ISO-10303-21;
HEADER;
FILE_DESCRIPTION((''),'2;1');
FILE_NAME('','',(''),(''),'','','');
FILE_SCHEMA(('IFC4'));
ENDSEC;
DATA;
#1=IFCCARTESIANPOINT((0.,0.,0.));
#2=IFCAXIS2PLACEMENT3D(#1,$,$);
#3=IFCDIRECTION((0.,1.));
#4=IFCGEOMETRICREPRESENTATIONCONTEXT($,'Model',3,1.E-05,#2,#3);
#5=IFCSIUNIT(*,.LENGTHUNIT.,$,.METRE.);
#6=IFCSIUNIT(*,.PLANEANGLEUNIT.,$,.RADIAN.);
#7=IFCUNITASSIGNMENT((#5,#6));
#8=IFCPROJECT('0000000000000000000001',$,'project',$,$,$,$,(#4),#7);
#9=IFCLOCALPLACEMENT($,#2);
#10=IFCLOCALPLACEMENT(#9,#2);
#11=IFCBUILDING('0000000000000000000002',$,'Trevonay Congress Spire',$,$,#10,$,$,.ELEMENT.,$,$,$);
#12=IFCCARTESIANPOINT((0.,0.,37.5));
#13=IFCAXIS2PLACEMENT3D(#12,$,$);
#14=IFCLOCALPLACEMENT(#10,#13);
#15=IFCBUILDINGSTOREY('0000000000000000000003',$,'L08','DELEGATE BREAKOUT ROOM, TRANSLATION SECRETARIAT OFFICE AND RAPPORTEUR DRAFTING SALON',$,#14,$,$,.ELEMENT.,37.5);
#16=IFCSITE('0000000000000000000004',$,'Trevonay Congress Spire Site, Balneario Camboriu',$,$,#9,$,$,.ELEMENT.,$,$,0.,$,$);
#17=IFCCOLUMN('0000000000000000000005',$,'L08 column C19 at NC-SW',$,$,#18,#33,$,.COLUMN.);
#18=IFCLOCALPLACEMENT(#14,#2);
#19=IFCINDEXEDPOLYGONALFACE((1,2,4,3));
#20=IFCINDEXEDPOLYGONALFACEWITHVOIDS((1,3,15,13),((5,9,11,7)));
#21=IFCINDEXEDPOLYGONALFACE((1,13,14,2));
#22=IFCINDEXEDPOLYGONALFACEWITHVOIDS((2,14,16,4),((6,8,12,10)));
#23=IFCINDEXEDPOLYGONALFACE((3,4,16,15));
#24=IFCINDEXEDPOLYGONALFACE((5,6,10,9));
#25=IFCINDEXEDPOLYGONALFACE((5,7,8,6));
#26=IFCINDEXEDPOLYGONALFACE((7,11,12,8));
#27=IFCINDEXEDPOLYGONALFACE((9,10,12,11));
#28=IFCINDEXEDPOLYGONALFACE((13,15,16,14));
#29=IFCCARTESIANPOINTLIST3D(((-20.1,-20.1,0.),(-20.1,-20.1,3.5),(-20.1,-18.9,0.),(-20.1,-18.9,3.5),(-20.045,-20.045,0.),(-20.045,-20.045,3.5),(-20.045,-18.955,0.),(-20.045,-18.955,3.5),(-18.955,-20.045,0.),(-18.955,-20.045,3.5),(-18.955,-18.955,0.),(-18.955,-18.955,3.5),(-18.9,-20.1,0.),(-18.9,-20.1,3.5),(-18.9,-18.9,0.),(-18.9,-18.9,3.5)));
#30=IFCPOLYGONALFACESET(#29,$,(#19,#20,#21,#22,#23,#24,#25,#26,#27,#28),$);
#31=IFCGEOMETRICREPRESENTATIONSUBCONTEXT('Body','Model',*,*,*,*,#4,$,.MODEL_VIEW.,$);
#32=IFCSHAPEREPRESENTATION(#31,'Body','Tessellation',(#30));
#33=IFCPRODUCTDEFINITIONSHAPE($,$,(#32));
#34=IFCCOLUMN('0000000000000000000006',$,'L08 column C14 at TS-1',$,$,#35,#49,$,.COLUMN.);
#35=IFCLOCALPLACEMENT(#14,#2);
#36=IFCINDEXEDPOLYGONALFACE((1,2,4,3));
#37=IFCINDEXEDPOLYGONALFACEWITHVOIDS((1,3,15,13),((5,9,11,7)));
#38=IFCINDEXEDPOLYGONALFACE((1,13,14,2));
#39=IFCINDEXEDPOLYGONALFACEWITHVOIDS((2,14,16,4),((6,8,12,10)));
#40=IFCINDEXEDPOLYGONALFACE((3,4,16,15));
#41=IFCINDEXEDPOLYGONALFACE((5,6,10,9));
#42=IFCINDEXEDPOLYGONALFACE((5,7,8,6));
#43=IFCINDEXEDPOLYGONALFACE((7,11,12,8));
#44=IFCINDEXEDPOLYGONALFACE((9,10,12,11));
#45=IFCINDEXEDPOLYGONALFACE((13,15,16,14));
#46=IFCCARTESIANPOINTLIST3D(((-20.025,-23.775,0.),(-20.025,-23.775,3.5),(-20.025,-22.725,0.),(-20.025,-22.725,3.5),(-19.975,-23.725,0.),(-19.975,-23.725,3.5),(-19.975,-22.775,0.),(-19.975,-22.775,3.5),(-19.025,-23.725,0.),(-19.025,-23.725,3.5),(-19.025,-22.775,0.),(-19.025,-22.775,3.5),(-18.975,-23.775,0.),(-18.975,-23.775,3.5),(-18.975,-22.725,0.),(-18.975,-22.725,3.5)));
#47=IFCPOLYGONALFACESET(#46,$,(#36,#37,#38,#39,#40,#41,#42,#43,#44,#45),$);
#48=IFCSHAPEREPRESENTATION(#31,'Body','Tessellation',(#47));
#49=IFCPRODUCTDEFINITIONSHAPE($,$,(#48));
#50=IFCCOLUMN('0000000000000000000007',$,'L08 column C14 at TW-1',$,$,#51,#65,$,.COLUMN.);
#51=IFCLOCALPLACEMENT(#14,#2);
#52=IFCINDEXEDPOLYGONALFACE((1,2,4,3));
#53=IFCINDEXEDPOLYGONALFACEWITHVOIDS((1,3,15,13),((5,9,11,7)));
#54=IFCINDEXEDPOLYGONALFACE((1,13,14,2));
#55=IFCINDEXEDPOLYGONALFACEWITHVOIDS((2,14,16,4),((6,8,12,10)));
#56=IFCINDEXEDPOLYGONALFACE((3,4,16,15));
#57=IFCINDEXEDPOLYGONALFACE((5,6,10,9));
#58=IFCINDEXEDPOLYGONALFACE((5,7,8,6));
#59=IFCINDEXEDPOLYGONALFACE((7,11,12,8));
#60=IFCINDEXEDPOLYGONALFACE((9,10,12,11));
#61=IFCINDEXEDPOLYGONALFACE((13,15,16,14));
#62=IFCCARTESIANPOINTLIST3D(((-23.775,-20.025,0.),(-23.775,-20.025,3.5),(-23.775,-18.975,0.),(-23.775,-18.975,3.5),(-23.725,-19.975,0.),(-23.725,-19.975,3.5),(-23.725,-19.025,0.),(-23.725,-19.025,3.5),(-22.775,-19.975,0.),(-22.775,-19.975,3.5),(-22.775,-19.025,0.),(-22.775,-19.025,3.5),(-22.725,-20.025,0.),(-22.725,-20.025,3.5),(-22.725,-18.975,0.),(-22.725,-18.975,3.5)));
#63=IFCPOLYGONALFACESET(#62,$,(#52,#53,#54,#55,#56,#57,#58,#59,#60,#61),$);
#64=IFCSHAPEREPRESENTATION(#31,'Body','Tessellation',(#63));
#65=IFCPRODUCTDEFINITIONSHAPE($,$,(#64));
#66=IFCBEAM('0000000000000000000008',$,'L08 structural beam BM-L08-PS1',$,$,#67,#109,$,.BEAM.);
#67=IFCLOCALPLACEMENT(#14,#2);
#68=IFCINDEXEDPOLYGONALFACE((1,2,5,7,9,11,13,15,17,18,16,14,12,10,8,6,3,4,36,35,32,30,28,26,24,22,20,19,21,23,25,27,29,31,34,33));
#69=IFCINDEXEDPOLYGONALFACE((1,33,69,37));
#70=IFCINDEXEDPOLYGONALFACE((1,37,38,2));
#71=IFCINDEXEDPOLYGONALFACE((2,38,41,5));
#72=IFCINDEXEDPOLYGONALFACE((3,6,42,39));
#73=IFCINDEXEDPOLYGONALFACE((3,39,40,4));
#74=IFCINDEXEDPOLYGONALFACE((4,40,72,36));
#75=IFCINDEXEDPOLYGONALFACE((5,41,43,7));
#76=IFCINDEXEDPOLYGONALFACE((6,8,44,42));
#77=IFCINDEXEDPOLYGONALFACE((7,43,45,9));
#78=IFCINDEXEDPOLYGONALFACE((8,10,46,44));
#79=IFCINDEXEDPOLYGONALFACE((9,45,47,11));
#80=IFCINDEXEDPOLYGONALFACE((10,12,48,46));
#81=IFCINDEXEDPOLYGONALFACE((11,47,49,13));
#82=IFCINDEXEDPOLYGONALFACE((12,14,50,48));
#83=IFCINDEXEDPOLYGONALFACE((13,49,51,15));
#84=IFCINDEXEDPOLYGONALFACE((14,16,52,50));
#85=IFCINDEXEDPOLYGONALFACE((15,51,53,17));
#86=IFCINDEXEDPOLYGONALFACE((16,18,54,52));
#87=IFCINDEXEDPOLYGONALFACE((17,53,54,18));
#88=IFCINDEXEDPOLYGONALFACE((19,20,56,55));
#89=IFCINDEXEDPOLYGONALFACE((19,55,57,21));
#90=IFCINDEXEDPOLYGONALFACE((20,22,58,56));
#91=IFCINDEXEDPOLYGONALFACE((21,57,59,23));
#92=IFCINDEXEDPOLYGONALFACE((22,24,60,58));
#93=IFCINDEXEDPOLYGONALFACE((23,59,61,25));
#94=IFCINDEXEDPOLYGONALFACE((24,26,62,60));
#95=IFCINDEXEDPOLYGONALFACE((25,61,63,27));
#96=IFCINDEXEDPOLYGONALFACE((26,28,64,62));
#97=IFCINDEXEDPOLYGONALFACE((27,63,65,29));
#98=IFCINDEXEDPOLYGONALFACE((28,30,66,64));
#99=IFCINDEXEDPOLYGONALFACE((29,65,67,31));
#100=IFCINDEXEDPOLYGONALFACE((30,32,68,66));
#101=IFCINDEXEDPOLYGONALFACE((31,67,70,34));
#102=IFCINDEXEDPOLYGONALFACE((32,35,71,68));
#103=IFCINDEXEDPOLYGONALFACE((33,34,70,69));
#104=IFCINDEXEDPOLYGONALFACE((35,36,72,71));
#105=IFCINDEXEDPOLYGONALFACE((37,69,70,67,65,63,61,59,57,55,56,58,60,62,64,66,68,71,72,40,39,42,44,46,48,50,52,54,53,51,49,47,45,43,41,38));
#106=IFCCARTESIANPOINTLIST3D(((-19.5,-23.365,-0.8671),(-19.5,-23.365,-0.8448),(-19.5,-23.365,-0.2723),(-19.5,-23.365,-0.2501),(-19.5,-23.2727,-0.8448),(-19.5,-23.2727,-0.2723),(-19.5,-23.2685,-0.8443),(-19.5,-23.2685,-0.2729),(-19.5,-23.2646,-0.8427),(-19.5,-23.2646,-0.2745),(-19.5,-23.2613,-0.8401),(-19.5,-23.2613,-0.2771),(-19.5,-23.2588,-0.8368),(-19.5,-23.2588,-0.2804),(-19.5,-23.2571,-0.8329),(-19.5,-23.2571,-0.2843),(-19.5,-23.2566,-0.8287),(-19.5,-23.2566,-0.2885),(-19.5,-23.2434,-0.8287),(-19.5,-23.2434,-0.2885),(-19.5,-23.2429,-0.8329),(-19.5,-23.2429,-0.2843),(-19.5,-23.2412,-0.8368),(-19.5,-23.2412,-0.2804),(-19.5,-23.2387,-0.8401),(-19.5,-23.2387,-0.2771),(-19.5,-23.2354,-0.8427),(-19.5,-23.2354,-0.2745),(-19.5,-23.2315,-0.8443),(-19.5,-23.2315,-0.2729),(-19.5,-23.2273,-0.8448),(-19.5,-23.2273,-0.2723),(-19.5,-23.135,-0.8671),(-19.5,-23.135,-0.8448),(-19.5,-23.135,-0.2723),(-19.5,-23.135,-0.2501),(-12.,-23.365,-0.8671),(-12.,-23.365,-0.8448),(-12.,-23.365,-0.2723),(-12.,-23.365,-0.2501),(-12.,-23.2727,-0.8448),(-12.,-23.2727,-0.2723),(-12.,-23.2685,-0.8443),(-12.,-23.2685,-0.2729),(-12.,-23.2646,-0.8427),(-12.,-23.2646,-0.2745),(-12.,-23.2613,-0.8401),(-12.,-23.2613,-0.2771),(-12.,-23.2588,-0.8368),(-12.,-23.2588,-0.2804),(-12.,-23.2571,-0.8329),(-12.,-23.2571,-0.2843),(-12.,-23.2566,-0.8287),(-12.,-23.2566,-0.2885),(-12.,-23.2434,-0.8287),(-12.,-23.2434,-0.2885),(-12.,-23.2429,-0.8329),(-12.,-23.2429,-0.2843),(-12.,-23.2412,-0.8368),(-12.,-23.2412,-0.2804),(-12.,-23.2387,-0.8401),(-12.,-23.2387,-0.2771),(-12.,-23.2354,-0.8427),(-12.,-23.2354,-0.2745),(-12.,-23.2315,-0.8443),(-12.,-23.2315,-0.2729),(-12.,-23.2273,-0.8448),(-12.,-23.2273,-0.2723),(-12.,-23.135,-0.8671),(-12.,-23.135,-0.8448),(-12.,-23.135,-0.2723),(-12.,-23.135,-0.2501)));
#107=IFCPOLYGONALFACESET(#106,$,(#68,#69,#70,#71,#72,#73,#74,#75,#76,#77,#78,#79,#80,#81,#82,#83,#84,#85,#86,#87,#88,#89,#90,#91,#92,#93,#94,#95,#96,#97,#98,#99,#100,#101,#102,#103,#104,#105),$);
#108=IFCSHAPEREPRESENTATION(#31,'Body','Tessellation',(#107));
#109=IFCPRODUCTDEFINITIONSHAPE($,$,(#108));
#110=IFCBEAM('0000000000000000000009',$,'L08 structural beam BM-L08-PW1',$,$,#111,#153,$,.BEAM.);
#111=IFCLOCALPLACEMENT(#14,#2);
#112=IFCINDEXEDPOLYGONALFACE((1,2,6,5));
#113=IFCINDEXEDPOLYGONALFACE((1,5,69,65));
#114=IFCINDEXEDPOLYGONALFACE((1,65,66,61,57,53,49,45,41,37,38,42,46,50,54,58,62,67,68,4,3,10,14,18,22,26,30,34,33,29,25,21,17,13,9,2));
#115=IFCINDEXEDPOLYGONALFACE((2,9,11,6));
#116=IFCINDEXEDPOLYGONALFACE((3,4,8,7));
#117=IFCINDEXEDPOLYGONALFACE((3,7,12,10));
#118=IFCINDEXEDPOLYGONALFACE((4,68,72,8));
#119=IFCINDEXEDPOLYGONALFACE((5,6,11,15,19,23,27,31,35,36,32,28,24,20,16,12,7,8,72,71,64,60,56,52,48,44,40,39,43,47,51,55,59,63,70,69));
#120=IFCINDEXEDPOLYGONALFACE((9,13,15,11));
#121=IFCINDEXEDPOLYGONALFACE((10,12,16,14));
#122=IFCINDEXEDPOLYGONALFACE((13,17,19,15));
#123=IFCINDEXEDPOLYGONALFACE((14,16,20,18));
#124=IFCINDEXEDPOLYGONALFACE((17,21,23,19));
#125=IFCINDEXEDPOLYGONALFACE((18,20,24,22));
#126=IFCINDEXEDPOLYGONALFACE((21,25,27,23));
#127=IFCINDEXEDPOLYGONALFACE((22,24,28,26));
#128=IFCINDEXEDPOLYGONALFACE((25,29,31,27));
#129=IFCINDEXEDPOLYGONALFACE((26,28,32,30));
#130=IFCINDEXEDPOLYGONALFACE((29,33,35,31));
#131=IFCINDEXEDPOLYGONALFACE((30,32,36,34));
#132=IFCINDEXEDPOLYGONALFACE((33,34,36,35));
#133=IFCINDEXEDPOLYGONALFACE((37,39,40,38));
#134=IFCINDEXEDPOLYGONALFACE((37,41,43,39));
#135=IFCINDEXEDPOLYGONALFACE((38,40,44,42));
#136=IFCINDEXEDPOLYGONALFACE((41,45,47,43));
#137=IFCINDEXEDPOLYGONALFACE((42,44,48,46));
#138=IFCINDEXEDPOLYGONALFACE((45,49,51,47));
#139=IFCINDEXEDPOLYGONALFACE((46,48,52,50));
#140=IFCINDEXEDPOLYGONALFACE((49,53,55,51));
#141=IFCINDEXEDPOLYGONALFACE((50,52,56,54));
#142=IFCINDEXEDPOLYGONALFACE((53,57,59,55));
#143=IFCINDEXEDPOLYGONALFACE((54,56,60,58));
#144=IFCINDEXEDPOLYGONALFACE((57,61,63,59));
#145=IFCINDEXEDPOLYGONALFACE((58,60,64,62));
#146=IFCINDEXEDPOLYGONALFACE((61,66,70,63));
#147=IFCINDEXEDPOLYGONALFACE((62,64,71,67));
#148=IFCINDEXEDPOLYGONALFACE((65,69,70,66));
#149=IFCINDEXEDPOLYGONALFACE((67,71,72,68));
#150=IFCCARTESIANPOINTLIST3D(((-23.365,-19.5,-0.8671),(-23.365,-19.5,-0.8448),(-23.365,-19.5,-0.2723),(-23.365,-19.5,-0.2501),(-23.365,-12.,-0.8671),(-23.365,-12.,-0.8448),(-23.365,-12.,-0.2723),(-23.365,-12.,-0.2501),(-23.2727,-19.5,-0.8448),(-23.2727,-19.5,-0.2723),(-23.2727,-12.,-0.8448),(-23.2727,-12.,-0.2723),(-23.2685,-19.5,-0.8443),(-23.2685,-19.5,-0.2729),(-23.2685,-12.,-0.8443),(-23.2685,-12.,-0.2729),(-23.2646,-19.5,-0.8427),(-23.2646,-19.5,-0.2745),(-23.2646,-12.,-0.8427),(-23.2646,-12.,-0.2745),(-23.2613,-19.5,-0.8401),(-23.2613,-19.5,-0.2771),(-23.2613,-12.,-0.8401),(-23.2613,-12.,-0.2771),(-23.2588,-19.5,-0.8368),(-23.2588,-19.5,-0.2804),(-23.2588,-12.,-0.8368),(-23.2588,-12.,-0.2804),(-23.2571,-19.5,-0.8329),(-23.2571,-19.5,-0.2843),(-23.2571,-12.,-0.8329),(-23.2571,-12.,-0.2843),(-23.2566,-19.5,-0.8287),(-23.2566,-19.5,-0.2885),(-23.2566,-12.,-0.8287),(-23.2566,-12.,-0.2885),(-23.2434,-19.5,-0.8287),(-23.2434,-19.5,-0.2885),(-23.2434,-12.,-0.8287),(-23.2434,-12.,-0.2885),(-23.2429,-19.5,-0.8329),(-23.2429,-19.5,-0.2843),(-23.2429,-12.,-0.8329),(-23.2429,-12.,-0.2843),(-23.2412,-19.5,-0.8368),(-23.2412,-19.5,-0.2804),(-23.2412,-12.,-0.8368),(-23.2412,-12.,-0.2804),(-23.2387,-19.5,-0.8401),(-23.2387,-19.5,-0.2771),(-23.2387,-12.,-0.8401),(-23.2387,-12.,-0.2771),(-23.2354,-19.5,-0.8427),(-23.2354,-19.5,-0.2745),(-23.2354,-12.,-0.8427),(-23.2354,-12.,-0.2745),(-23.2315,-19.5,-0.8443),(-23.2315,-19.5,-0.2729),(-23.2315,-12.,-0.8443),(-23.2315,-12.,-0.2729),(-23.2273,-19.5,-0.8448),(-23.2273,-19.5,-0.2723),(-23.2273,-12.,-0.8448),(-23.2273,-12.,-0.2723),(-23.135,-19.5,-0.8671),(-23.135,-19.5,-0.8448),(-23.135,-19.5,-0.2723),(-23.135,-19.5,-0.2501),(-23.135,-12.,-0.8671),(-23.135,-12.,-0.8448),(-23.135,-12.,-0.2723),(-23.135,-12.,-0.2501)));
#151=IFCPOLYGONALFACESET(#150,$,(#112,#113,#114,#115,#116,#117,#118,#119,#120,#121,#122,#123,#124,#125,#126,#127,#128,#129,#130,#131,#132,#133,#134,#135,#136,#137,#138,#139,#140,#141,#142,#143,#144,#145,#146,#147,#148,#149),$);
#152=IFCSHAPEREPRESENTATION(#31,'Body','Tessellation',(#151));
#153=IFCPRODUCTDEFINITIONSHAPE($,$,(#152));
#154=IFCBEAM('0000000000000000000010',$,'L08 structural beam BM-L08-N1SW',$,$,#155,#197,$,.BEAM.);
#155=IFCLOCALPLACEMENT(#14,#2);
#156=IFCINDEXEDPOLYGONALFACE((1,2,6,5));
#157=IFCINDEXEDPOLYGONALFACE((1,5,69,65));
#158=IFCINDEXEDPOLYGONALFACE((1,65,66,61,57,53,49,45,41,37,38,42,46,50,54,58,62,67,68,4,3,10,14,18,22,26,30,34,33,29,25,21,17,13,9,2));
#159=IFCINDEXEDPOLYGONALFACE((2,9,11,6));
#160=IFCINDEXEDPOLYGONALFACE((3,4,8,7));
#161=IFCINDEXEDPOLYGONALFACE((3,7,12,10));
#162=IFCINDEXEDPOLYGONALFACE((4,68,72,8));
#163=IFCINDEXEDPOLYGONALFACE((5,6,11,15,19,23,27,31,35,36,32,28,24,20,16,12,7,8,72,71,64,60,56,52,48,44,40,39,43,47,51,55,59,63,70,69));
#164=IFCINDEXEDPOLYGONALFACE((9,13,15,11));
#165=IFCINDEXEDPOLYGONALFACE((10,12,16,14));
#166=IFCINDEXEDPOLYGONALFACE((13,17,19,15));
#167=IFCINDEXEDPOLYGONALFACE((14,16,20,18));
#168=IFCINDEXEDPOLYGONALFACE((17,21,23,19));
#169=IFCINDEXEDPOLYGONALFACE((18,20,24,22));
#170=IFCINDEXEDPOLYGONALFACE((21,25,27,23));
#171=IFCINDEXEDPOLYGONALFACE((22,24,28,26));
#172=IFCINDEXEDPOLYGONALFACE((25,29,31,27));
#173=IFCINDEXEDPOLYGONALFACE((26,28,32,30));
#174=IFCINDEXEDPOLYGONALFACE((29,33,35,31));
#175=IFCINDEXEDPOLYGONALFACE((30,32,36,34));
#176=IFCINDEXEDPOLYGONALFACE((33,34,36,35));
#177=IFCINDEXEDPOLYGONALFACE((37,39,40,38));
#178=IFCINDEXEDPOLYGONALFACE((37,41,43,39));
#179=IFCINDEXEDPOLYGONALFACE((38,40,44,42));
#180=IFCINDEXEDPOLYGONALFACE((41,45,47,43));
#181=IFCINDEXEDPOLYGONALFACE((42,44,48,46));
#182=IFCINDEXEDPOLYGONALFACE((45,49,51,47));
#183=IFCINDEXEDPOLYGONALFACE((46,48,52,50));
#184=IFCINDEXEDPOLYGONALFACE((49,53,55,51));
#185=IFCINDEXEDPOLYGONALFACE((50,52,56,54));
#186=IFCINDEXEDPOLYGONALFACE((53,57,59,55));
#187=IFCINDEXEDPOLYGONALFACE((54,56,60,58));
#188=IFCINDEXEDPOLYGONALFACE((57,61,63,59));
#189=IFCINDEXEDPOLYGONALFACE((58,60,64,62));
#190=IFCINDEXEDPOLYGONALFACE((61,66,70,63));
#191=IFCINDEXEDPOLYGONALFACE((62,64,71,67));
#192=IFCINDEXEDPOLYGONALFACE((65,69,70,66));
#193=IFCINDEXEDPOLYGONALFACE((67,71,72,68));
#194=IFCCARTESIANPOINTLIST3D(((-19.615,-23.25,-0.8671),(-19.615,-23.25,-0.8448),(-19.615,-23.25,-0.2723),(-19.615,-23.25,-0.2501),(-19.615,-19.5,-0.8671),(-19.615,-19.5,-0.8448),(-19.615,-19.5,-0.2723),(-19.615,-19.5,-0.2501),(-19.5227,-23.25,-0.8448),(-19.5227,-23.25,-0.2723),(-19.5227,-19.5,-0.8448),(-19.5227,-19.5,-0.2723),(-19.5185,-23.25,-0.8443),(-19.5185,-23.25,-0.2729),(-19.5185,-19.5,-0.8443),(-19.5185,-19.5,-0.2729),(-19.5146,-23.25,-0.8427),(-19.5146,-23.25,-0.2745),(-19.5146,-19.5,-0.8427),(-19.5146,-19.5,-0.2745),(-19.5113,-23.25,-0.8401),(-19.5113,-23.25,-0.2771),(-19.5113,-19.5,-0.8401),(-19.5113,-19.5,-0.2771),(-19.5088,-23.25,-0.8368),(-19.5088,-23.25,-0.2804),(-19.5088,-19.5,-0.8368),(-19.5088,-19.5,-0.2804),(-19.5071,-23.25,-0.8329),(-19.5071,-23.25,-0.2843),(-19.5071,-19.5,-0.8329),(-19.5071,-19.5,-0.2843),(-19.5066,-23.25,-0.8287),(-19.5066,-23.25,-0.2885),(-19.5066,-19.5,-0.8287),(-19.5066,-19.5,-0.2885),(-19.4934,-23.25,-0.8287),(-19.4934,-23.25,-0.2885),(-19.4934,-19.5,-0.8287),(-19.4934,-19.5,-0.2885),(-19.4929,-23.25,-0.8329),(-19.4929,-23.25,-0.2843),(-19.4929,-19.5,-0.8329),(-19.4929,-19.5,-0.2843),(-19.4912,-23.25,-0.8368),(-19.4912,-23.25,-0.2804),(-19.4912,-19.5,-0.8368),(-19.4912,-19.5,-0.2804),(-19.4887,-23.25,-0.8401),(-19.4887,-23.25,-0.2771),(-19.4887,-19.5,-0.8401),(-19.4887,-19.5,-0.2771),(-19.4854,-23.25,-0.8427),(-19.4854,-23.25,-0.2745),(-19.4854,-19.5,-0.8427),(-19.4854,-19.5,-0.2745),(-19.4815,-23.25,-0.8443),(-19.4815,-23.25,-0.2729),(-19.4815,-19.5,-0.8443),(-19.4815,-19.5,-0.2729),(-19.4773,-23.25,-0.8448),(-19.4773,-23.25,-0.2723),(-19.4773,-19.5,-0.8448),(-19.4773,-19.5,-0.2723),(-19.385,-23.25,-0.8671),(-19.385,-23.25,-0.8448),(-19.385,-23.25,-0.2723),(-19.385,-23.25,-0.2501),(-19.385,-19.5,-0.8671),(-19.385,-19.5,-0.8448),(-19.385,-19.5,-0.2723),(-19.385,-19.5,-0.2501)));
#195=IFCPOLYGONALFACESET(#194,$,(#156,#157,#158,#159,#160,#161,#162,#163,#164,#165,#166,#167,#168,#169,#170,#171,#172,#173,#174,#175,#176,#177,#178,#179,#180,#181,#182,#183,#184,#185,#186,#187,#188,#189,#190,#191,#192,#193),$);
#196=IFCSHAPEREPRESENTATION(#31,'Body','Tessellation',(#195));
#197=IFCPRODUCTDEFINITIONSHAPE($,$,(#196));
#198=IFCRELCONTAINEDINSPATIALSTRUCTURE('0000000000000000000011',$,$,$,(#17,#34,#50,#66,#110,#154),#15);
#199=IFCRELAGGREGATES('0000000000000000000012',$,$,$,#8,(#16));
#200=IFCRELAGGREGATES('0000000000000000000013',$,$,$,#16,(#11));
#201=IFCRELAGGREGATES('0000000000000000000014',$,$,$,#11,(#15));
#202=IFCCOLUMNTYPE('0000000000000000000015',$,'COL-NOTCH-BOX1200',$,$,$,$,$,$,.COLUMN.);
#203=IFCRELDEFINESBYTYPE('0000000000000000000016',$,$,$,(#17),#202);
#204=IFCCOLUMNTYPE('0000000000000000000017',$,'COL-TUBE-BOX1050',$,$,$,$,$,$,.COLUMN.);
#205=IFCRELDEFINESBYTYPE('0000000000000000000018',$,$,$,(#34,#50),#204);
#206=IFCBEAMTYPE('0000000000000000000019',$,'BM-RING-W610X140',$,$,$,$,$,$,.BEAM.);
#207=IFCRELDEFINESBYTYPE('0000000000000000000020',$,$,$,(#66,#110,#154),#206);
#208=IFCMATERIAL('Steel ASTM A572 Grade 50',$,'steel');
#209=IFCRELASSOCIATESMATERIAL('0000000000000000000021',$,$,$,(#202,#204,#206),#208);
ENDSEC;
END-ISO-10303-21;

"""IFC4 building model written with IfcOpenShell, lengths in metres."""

from ifc_helpers import new_model, si_unit, direction, frame, origin, origin_2d, place, context, subcontext, project, spatial, hollow_rectangle, i_section, extrude, material, material_profile, profile_set, type_object, element, save


model = new_model("IFC4")

# Units and contexts
model_context = context("Model", 3, precision=1e-05, world=origin(), true_north=direction((0.0, 1.0)))
body_context = subcontext(model_context, "Body", "Model", "MODEL_VIEW")
ifc_project = project(units=[si_unit("LENGTHUNIT", "METRE"), si_unit("PLANEANGLEUNIT", "RADIAN")], contexts=[model_context])

# Site, building, storey
site_placement = place(None, origin())
site = spatial("IfcSite", under=ifc_project, at=site_placement, Name="Trevonay Congress Spire Site, Balneario Camboriu", CompositionType="ELEMENT", RefElevation=0.0)
building_placement = place(site_placement, origin())
building = spatial("IfcBuilding", under=site, at=building_placement, Name="Trevonay Congress Spire", CompositionType="ELEMENT")
storey_placement = place(building_placement, frame((0.0, 0.0, 37.5)))
storey = spatial("IfcBuildingStorey", under=building, at=storey_placement, Name="L08", Description="DELEGATE BREAKOUT ROOM, TRANSLATION SECRETARIAT OFFICE AND RAPPORTEUR DRAFTING SALON", CompositionType="ELEMENT", Elevation=37.5)

# Columns
ifc_material_1 = material(Name="Steel ASTM A572 Grade 50", Category="steel")
ifc_material_profile_1 = material_profile(ifc_material_1, hollow_rectangle(XDim=1.2, YDim=1.2, WallThickness=0.0549, at=origin_2d()), Name="BOX 1200x1200x55")
ifc_profile_set_1 = profile_set([ifc_material_profile_1], Name="Steel ASTM A572 Grade 50")
column_type_1 = type_object("IfcColumnType", Name="COL-NOTCH-BOX1200", PredefinedType="COLUMN", material=ifc_profile_set_1)
column_placement = place(storey_placement, frame((-19.5, -19.5, 0.0), z_axis=(0.0, 0.0, 1.0), x_axis=(1.0, 0.0, 0.0)))
element("IfcColumn", 1, at=column_placement, inside=storey, type_object=column_type_1, Name="L08 column C19 at NC-SW", PredefinedType="COLUMN", context=body_context, shape_type="SweptSolid", body=[
    extrude(hollow_rectangle(XDim=1.2, YDim=1.2, WallThickness=0.0549, at=origin_2d()), origin(), (0.0, 0.0, 1.0), 3.5),
])
ifc_material_profile_2 = material_profile(ifc_material_1, hollow_rectangle(XDim=1.05, YDim=1.05, WallThickness=0.05, at=origin_2d()), Name="BOX 1050x1050x50")
ifc_profile_set_2 = profile_set([ifc_material_profile_2], Name="Steel ASTM A572 Grade 50")
column_type_2 = type_object("IfcColumnType", Name="COL-TUBE-BOX1050", PredefinedType="COLUMN", material=ifc_profile_set_2)
for number, where, z_axis, x_axis, name in (
    (2, (-19.5, -23.25, 0.0), (0.0, 0.0, 1.0), (1.0, 0.0, 0.0), "L08 column C14 at TS-1"),
    (3, (-23.25, -19.5, 0.0), (0.0, 0.0, 1.0), (1.0, 0.0, 0.0), "L08 column C14 at TW-1"),
):
    element("IfcColumn", number, at=place(storey_placement, frame(where, z_axis=z_axis, x_axis=x_axis)), inside=storey, type_object=column_type_2, Name=name, PredefinedType="COLUMN", context=body_context, shape_type="SweptSolid", body=[
        extrude(hollow_rectangle(XDim=1.05, YDim=1.05, WallThickness=0.05, at=origin_2d()), origin(), (0.0, 0.0, 1.0), 3.5),
    ])

# Beams
ifc_material_profile_3 = material_profile(ifc_material_1, i_section(OverallWidth=0.23, OverallDepth=0.6169, WebThickness=0.0132, FlangeThickness=0.0222, FilletRadius=0.0161, at=origin_2d()), Name="W610x140")
ifc_profile_set_3 = profile_set([ifc_material_profile_3], Name="Steel ASTM A572 Grade 50")
beam_type_1 = type_object("IfcBeamType", Name="BM-RING-W610X140", PredefinedType="BEAM", material=ifc_profile_set_3)
for number, where, z_axis, x_axis, name in (
    (4, (-19.5, -23.25, -0.5586), (1.0, 0.0, 0.0), (0.0, 1.0, 0.0), "L08 structural beam BM-L08-PS1"),
    (5, (-23.25, -19.5, -0.5586), (0.0, 1.0, 0.0), (-1.0, 0.0, 0.0), "L08 structural beam BM-L08-PW1"),
):
    element("IfcBeam", number, at=place(storey_placement, frame(where, z_axis=z_axis, x_axis=x_axis)), inside=storey, type_object=beam_type_1, Name=name, PredefinedType="BEAM", context=body_context, shape_type="SweptSolid", body=[
        extrude(i_section(OverallWidth=0.23, OverallDepth=0.6169, WebThickness=0.0132, FlangeThickness=0.0222, FilletRadius=0.0161, at=origin_2d()), origin(), (0.0, 0.0, 1.0), 7.5),
    ])
for number, where, z_axis, x_axis, name in (
    (6, (-19.5, -23.25, -0.5586), (0.0, 1.0, 0.0), (-1.0, 0.0, 0.0), "L08 structural beam BM-L08-N1SW"),
):
    element("IfcBeam", number, at=place(storey_placement, frame(where, z_axis=z_axis, x_axis=x_axis)), inside=storey, type_object=beam_type_1, Name=name, PredefinedType="BEAM", context=body_context, shape_type="SweptSolid", body=[
        extrude(i_section(OverallWidth=0.23, OverallDepth=0.6169, WebThickness=0.0132, FlangeThickness=0.0222, FilletRadius=0.0161, at=origin_2d()), origin(), (0.0, 0.0, 1.0), 3.75),
    ])

save(model, "model.ifc")
